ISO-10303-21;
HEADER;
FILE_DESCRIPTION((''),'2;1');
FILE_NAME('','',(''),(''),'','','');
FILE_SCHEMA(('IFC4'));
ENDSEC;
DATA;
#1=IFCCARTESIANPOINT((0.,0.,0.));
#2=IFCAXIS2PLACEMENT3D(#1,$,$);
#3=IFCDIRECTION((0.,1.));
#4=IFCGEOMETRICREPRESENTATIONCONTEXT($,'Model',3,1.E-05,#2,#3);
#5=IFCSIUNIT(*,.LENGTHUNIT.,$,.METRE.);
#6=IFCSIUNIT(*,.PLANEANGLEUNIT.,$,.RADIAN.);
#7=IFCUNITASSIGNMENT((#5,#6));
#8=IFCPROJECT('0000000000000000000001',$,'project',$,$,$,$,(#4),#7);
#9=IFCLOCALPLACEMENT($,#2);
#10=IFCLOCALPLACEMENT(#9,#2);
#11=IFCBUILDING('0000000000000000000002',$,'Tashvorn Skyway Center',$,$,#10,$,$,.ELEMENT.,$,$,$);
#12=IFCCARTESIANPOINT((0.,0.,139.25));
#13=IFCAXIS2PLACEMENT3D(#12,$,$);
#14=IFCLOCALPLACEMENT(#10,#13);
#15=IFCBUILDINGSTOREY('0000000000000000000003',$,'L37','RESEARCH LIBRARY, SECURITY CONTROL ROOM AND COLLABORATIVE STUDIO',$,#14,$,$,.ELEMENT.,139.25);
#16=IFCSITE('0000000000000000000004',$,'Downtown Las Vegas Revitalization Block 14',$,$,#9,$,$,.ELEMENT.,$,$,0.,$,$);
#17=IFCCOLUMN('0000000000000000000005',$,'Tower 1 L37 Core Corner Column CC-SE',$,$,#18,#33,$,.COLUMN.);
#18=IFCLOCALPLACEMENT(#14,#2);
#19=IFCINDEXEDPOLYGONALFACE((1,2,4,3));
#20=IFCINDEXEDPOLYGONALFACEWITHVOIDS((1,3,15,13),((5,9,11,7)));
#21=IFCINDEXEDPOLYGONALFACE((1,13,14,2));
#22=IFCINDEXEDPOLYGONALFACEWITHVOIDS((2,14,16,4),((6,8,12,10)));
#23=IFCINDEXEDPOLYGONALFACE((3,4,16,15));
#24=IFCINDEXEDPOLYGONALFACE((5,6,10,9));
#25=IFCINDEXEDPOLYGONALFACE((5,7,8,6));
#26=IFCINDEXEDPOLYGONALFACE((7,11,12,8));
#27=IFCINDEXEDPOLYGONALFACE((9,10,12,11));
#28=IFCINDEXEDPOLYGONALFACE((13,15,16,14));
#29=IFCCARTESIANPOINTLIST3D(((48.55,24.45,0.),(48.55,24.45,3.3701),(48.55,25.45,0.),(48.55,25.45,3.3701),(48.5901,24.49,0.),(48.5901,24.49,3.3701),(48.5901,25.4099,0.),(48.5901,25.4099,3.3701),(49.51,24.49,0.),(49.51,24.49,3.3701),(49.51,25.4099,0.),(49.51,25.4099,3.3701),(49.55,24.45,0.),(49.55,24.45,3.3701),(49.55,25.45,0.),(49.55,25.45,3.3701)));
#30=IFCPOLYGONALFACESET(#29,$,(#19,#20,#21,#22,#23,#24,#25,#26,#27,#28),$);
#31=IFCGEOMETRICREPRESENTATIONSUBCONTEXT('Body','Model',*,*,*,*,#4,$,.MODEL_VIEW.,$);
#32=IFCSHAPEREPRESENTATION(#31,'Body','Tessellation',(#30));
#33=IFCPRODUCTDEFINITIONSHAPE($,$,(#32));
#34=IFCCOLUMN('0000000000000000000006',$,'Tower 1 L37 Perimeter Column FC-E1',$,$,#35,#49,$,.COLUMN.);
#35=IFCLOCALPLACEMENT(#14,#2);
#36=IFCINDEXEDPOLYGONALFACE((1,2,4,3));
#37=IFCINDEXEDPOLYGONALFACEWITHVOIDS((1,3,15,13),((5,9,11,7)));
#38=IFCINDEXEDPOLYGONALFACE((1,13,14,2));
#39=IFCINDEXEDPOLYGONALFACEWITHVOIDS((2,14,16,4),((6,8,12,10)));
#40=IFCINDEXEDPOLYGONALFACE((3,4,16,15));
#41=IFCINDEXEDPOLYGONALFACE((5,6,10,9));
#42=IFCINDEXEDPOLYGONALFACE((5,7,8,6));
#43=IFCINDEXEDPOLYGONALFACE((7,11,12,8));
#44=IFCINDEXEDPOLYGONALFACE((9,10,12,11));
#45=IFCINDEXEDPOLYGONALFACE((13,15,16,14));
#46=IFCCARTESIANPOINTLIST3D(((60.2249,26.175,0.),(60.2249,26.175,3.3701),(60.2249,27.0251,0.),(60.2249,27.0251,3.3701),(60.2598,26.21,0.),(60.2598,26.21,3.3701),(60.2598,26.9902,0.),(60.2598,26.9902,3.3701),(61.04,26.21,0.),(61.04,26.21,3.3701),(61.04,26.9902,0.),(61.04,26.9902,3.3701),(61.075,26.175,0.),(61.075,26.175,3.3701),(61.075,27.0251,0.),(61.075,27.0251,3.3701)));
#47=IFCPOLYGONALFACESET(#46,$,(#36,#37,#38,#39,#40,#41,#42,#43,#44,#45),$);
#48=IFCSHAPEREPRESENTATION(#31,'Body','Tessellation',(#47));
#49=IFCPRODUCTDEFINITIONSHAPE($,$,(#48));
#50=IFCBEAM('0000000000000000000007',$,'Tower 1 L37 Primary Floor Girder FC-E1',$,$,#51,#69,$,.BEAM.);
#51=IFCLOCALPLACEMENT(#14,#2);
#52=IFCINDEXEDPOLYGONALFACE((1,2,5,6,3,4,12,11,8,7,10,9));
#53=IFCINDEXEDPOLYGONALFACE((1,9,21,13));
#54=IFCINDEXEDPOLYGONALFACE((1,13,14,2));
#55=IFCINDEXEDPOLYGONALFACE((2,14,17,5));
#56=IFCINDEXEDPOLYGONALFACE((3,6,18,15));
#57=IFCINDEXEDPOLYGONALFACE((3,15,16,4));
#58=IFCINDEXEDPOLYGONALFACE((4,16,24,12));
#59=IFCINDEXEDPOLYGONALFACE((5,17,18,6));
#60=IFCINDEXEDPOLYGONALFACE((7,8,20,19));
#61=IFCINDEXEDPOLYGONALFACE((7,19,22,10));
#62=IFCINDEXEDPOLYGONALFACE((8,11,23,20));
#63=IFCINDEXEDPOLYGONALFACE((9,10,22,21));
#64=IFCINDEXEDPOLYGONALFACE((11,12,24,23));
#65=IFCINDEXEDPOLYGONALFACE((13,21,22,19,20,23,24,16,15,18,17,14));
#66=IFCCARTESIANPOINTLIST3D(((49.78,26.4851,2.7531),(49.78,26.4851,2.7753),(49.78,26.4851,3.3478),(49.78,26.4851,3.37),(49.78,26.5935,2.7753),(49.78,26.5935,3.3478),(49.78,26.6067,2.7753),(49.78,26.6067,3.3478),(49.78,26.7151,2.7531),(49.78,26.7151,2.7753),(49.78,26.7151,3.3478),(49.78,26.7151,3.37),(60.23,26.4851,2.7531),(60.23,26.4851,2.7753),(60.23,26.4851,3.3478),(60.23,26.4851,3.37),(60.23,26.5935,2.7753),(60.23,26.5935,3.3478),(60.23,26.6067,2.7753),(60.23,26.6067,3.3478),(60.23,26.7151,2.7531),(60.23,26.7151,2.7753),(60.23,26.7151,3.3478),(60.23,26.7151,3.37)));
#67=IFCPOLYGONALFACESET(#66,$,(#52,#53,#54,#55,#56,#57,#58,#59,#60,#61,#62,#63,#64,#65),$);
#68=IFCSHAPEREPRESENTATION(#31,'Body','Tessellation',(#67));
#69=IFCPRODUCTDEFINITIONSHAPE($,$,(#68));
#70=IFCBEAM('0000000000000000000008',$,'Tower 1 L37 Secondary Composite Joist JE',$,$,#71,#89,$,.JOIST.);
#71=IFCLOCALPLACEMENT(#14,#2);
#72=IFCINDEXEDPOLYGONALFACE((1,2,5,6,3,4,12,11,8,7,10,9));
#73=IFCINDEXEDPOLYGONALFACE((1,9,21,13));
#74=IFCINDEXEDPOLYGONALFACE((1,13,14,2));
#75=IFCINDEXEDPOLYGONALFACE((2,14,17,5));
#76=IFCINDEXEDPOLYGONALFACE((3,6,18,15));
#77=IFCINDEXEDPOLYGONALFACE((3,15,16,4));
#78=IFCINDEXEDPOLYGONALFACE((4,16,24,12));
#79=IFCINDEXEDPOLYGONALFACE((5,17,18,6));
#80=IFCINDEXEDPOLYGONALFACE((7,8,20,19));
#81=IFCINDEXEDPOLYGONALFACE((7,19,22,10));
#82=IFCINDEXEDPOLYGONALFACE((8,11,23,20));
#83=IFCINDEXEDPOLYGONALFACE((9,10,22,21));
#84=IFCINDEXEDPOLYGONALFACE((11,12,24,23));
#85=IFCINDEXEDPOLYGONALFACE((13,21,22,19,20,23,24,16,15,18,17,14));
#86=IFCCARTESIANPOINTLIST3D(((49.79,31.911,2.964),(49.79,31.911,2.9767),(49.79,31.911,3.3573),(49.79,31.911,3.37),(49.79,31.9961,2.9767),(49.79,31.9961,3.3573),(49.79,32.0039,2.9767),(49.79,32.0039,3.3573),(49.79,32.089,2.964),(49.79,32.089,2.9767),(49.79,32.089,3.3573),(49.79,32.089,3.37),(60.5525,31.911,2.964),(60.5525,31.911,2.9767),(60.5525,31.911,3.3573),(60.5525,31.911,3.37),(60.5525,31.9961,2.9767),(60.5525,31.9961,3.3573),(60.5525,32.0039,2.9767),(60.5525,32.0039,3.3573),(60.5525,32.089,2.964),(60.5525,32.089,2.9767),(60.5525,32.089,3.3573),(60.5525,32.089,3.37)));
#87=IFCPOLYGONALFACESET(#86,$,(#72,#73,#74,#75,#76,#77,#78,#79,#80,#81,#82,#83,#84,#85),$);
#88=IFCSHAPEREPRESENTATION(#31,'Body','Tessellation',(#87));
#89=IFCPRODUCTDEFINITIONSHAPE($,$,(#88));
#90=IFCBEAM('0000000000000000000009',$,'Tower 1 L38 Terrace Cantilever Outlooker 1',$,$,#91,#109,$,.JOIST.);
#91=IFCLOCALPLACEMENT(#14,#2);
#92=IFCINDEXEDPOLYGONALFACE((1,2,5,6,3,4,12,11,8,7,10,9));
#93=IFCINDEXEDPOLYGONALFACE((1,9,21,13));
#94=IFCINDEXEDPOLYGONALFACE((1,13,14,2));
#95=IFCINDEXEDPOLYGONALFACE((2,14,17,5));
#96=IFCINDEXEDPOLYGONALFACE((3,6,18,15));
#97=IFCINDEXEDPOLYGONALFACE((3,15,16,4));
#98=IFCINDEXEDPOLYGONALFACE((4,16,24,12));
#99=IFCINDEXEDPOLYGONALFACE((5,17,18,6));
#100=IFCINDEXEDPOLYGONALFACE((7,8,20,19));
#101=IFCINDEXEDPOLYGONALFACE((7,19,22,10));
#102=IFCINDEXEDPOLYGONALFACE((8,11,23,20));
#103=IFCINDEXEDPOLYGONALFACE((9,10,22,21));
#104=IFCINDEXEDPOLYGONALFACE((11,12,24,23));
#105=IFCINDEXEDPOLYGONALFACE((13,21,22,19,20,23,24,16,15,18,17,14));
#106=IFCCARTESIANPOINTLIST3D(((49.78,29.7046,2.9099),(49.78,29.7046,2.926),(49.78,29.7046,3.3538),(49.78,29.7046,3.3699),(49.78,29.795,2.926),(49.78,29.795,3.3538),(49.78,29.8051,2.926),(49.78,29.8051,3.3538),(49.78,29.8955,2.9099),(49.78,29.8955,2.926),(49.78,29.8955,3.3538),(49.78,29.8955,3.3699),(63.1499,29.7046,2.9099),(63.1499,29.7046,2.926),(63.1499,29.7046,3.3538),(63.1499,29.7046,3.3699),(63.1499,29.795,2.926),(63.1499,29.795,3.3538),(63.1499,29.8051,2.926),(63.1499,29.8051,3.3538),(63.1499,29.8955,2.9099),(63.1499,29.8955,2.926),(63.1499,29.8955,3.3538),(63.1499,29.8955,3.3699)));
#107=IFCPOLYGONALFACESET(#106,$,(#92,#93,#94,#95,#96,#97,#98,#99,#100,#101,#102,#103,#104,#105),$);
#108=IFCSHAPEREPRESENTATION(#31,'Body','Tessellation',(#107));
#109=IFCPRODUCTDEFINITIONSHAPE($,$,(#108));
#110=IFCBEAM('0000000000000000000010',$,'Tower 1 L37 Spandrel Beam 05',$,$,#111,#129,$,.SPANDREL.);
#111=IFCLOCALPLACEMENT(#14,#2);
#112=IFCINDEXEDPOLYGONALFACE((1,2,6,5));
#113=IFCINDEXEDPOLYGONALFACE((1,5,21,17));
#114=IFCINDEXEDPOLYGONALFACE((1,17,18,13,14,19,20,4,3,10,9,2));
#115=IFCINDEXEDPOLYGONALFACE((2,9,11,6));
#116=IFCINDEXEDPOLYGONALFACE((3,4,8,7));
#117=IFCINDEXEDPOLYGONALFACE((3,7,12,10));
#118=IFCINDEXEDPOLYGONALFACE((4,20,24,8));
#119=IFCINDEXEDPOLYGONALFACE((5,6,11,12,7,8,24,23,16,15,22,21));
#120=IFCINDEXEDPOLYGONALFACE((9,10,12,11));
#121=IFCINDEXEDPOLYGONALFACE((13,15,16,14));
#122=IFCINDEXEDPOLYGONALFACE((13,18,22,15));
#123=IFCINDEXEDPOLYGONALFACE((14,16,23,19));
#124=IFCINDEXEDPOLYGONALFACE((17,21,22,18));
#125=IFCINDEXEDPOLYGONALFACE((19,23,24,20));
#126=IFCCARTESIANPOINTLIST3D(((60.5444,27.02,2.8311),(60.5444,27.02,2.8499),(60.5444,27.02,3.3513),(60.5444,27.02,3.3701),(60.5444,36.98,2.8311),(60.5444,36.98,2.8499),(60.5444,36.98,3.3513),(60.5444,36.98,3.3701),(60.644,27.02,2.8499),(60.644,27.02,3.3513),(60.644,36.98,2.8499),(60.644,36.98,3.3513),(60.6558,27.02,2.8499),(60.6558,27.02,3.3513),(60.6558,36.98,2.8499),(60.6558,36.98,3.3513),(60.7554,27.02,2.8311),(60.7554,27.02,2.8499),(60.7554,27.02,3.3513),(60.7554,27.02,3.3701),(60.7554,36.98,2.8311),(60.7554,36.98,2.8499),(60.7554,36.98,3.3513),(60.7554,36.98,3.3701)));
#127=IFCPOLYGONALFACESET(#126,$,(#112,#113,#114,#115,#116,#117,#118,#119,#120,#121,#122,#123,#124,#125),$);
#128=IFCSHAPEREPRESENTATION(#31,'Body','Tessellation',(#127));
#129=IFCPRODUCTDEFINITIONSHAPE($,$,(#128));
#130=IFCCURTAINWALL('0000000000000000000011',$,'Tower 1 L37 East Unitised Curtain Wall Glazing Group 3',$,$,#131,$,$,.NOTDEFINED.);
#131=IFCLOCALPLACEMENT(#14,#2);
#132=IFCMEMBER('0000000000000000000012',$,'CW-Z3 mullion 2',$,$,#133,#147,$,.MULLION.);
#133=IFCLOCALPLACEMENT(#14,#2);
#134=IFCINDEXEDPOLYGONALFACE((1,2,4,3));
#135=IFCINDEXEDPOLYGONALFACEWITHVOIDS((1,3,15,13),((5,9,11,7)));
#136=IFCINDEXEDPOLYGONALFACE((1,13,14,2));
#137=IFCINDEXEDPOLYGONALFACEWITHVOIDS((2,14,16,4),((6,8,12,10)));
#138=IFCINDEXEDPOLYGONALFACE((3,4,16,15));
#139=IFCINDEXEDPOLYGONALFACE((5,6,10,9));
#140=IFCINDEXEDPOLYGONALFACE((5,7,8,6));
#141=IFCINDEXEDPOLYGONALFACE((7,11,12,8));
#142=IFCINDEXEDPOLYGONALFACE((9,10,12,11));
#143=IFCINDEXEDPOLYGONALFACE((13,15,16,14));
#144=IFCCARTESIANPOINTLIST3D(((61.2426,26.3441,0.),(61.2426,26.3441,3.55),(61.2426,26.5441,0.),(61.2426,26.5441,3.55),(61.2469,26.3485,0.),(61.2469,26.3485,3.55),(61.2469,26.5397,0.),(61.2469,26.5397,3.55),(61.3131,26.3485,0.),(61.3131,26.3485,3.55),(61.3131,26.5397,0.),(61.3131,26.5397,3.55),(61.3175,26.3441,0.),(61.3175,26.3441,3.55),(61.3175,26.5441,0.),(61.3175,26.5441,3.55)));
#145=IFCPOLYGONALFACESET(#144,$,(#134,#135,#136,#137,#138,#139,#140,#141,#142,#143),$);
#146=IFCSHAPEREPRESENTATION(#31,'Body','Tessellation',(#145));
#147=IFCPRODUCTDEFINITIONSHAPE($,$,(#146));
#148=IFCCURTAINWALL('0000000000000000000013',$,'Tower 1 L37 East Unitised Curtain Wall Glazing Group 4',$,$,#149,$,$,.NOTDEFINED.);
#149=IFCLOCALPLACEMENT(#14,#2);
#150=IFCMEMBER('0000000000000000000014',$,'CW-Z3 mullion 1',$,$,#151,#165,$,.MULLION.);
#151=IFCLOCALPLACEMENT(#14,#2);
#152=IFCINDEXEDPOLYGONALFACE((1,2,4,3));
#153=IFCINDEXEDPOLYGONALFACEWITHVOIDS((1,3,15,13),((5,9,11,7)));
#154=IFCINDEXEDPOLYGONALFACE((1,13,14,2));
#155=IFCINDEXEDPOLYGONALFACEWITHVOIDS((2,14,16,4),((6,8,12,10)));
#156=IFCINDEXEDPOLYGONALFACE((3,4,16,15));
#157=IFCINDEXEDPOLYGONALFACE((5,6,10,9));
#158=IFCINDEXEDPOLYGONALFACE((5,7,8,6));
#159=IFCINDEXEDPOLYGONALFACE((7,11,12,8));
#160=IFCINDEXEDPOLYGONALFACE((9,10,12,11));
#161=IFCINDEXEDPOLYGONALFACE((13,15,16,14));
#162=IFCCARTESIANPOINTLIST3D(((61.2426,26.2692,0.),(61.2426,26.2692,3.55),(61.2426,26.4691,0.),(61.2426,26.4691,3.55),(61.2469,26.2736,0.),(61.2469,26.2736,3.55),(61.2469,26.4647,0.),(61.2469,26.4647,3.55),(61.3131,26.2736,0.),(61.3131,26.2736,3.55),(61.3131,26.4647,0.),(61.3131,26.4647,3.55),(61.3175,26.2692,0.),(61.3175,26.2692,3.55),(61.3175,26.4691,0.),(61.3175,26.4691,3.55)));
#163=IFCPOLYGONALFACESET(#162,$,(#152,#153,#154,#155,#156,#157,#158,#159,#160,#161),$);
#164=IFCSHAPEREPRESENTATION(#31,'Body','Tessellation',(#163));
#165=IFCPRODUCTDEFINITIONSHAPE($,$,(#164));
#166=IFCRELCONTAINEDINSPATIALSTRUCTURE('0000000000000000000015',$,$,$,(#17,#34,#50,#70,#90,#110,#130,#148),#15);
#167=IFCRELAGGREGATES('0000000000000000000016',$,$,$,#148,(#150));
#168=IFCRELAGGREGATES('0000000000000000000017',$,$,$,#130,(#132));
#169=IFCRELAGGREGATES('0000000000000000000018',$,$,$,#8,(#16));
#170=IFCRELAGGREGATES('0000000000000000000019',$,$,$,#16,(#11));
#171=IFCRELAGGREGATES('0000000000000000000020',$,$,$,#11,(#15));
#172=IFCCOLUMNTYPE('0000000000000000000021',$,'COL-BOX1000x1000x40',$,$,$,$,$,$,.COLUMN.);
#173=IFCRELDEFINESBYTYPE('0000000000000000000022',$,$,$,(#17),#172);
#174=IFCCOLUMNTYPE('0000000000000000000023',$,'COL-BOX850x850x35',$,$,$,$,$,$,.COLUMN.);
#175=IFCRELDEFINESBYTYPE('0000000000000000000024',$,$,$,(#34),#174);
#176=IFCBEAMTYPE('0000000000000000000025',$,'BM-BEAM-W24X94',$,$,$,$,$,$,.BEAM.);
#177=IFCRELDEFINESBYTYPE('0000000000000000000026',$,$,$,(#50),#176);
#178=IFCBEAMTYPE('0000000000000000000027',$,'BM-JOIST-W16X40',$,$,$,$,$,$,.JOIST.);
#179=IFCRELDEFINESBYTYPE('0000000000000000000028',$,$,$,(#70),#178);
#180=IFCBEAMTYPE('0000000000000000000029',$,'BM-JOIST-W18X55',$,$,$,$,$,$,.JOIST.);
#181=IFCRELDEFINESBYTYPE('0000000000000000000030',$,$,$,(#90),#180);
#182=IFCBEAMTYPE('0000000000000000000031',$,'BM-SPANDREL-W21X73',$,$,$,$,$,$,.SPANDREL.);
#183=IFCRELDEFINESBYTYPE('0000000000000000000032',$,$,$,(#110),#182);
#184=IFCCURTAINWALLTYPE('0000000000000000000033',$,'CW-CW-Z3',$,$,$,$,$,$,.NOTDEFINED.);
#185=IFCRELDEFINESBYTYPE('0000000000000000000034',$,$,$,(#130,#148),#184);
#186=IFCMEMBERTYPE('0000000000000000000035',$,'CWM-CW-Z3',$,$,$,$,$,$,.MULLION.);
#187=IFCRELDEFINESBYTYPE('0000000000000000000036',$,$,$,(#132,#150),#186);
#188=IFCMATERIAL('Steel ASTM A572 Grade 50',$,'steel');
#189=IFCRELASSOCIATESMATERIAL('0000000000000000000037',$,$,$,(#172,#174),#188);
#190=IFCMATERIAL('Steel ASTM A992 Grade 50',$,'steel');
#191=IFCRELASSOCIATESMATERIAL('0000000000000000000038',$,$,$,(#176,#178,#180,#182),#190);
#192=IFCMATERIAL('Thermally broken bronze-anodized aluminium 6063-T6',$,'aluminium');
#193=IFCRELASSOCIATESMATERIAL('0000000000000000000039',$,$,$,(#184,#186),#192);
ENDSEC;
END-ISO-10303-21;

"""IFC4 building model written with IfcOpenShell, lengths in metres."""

from ifc_helpers import new_model, si_unit, direction, frame, origin, origin_2d, place, context, subcontext, project, spatial, hollow_rectangle, i_section, extrude, material, material_profile, profile_set, type_object, element, aggregate, save


model = new_model("IFC4")

# Units and contexts
model_context = context("Model", 3, precision=1e-05, world=origin(), true_north=direction((0.0, 1.0)))
body_context = subcontext(model_context, "Body", "Model", "MODEL_VIEW")
ifc_project = project(units=[si_unit("LENGTHUNIT", "METRE"), si_unit("PLANEANGLEUNIT", "RADIAN")], contexts=[model_context])

# Site, building, storey
site_placement = place(None, origin())
site = spatial("IfcSite", under=ifc_project, at=site_placement, Name="Downtown Las Vegas Revitalization Block 14", CompositionType="ELEMENT", RefElevation=0.0)
building_placement = place(site_placement, origin())
building = spatial("IfcBuilding", under=site, at=building_placement, Name="Tashvorn Skyway Center", CompositionType="ELEMENT")
storey_placement = place(building_placement, frame((0.0, 0.0, 139.25)))
storey = spatial("IfcBuildingStorey", under=building, at=storey_placement, Name="L37", Description="RESEARCH LIBRARY, SECURITY CONTROL ROOM AND COLLABORATIVE STUDIO", CompositionType="ELEMENT", Elevation=139.25)

# Columns
ifc_material_1 = material(Name="Steel ASTM A572 Grade 50", Category="steel")
ifc_material_profile_1 = material_profile(ifc_material_1, hollow_rectangle(XDim=1.0, YDim=1.0, WallThickness=0.04, at=origin_2d()), Name="BOX1000x1000x40")
ifc_profile_set_1 = profile_set([ifc_material_profile_1], Name="Steel ASTM A572 Grade 50")
column_type_1 = type_object("IfcColumnType", Name="COL-BOX1000x1000x40", PredefinedType="COLUMN", material=ifc_profile_set_1)
column_1_placement = place(storey_placement, frame((49.05, 24.95, 0.0), z_axis=(0.0, 0.0, 1.0), x_axis=(1.0, 0.0, 0.0)))
element("IfcColumn", 1, at=column_1_placement, inside=storey, type_object=column_type_1, Name="Tower 1 L37 Core Corner Column CC-SE", PredefinedType="COLUMN", context=body_context, shape_type="SweptSolid", body=[
    extrude(hollow_rectangle(XDim=1.0, YDim=1.0, WallThickness=0.04, at=origin_2d()), origin(), (0.0, 0.0, 1.0), 3.3701),
])
ifc_material_profile_2 = material_profile(ifc_material_1, hollow_rectangle(XDim=0.8501, YDim=0.8501, WallThickness=0.0349, at=origin_2d()), Name="BOX850x850x35")
ifc_profile_set_2 = profile_set([ifc_material_profile_2], Name="Steel ASTM A572 Grade 50")
column_type_2 = type_object("IfcColumnType", Name="COL-BOX850x850x35", PredefinedType="COLUMN", material=ifc_profile_set_2)
column_2_placement = place(storey_placement, frame((60.6499, 26.6001, 0.0), z_axis=(0.0, 0.0, 1.0), x_axis=(1.0, 0.0, 0.0)))
element("IfcColumn", 2, at=column_2_placement, inside=storey, type_object=column_type_2, Name="Tower 1 L37 Perimeter Column FC-E1", PredefinedType="COLUMN", context=body_context, shape_type="SweptSolid", body=[
    extrude(hollow_rectangle(XDim=0.8501, YDim=0.8501, WallThickness=0.0349, at=origin_2d()), origin(), (0.0, 0.0, 1.0), 3.3701),
])

# Beams
ifc_material_2 = material(Name="Steel ASTM A992 Grade 50", Category="steel")
ifc_material_profile_3 = material_profile(ifc_material_2, i_section(OverallWidth=0.23, OverallDepth=0.6169, WebThickness=0.0132, FlangeThickness=0.0222, at=origin_2d()), Name="W24X94")
ifc_profile_set_3 = profile_set([ifc_material_profile_3], Name="Steel ASTM A992 Grade 50")
beam_type_1 = type_object("IfcBeamType", Name="BM-BEAM-W24X94", PredefinedType="BEAM", material=ifc_profile_set_3)
beam_1_placement = place(storey_placement, frame((60.23, 26.6001, 3.0615), z_axis=(-1.0, 0.0, 0.0), x_axis=(0.0, -1.0, 0.0)))
element("IfcBeam", 3, at=beam_1_placement, inside=storey, type_object=beam_type_1, Name="Tower 1 L37 Primary Floor Girder FC-E1", PredefinedType="BEAM", context=body_context, shape_type="SweptSolid", body=[
    extrude(i_section(OverallWidth=0.23, OverallDepth=0.6169, WebThickness=0.0132, FlangeThickness=0.0222, at=origin_2d()), origin(), (0.0, 0.0, 1.0), 10.45),
])
ifc_material_profile_4 = material_profile(ifc_material_2, i_section(OverallWidth=0.178, OverallDepth=0.406, WebThickness=0.0078, FlangeThickness=0.0127, at=origin_2d()), Name="W16X40")
ifc_profile_set_4 = profile_set([ifc_material_profile_4], Name="Steel ASTM A992 Grade 50")
beam_type_2 = type_object("IfcBeamType", Name="BM-JOIST-W16X40", PredefinedType="JOIST", material=ifc_profile_set_4)
beam_2_placement = place(storey_placement, frame((49.79, 32.0, 3.167), z_axis=(1.0, 0.0, 0.0), x_axis=(0.0, 1.0, 0.0)))
element("IfcBeam", 4, at=beam_2_placement, inside=storey, type_object=beam_type_2, Name="Tower 1 L37 Secondary Composite Joist JE", PredefinedType="JOIST", context=body_context, shape_type="SweptSolid", body=[
    extrude(i_section(OverallWidth=0.178, OverallDepth=0.406, WebThickness=0.0078, FlangeThickness=0.0127, at=origin_2d()), origin(), (0.0, 0.0, 1.0), 10.7625),
])
ifc_material_profile_5 = material_profile(ifc_material_2, i_section(OverallWidth=0.1909, OverallDepth=0.46, WebThickness=0.01, FlangeThickness=0.0161, at=origin_2d()), Name="W18X55")
ifc_profile_set_5 = profile_set([ifc_material_profile_5], Name="Steel ASTM A992 Grade 50")
beam_type_3 = type_object("IfcBeamType", Name="BM-JOIST-W18X55", PredefinedType="JOIST", material=ifc_profile_set_5)
beam_3_placement = place(storey_placement, frame((49.78, 29.8, 3.1399), z_axis=(1.0, 0.0, 0.0), x_axis=(0.0, 1.0, 0.0)))
element("IfcBeam", 5, at=beam_3_placement, inside=storey, type_object=beam_type_3, Name="Tower 1 L38 Terrace Cantilever Outlooker 1", PredefinedType="JOIST", context=body_context, shape_type="SweptSolid", body=[
    extrude(i_section(OverallWidth=0.1909, OverallDepth=0.46, WebThickness=0.01, FlangeThickness=0.0161, at=origin_2d()), origin(), (0.0, 0.0, 1.0), 13.3699),
])
ifc_material_profile_6 = material_profile(ifc_material_2, i_section(OverallWidth=0.2109, OverallDepth=0.5391, WebThickness=0.0117, FlangeThickness=0.0188, at=origin_2d()), Name="W21X73")
ifc_profile_set_6 = profile_set([ifc_material_profile_6], Name="Steel ASTM A992 Grade 50")
beam_type_4 = type_object("IfcBeamType", Name="BM-SPANDREL-W21X73", PredefinedType="SPANDREL", material=ifc_profile_set_6)
beam_4_placement = place(storey_placement, frame((60.6499, 27.02, 3.1006), z_axis=(0.0, 1.0, 0.0), x_axis=(-1.0, 0.0, 0.0)))
element("IfcBeam", 6, at=beam_4_placement, inside=storey, type_object=beam_type_4, Name="Tower 1 L37 Spandrel Beam 05", PredefinedType="SPANDREL", context=body_context, shape_type="SweptSolid", body=[
    extrude(i_section(OverallWidth=0.2109, OverallDepth=0.5391, WebThickness=0.0117, FlangeThickness=0.0188, at=origin_2d()), origin(), (0.0, 0.0, 1.0), 9.96),
])

# Curtain wall, member
ifc_material_3 = material(Name="Thermally broken bronze-anodized aluminium 6063-T6", Category="aluminium")
curtain_wall_type = type_object("IfcCurtainWallType", Name="CW-CW-Z3", PredefinedType="NOTDEFINED", material=ifc_material_3)
curtain_wall_1_placement = place(storey_placement, origin())
curtain_wall_1 = element("IfcCurtainWall", 7, at=curtain_wall_1_placement, inside=storey, type_object=curtain_wall_type, Name="Tower 1 L37 East Unitised Curtain Wall Glazing Group 3", PredefinedType="NOTDEFINED")
ifc_material_profile_7 = material_profile(ifc_material_3, hollow_rectangle(XDim=0.075, YDim=0.2, WallThickness=0.0044, at=origin_2d()), Name="ALU-MULL-75x200")
ifc_profile_set_7 = profile_set([ifc_material_profile_7], Name="Thermally broken bronze-anodized aluminium 6063-T6")
member_type_1 = type_object("IfcMemberType", Name="CWM-CW-Z3", PredefinedType="MULLION", material=ifc_profile_set_7)
member_1_placement = place(storey_placement, frame((61.28, 26.4441, 0.0), z_axis=(0.0, 0.0, 1.0), x_axis=(1.0, 0.0, 0.0)))
member_1 = element("IfcMember", 8, at=member_1_placement, type_object=member_type_1, Name="CW-Z3 mullion 2", PredefinedType="MULLION", context=body_context, shape_type="SweptSolid", body=[
    extrude(hollow_rectangle(XDim=0.075, YDim=0.2, WallThickness=0.0044, at=origin_2d()), origin(), (0.0, 0.0, 1.0), 3.55),
])

# Curtain wall, member
curtain_wall_2_placement = place(storey_placement, origin())
curtain_wall_2 = element("IfcCurtainWall", 9, at=curtain_wall_2_placement, inside=storey, type_object=curtain_wall_type, Name="Tower 1 L37 East Unitised Curtain Wall Glazing Group 4", PredefinedType="NOTDEFINED")
member_2_placement = place(storey_placement, frame((61.28, 26.3691, 0.0), z_axis=(0.0, 0.0, 1.0), x_axis=(1.0, 0.0, 0.0)))
member_2 = element("IfcMember", 10, at=member_2_placement, type_object=member_type_1, Name="CW-Z3 mullion 1", PredefinedType="MULLION", context=body_context, shape_type="SweptSolid", body=[
    extrude(hollow_rectangle(XDim=0.075, YDim=0.2, WallThickness=0.0044, at=origin_2d()), origin(), (0.0, 0.0, 1.0), 3.55),
])
aggregate(curtain_wall_2, [member_2])

aggregate(curtain_wall_1, [member_1])

save(model, "model.ifc")
